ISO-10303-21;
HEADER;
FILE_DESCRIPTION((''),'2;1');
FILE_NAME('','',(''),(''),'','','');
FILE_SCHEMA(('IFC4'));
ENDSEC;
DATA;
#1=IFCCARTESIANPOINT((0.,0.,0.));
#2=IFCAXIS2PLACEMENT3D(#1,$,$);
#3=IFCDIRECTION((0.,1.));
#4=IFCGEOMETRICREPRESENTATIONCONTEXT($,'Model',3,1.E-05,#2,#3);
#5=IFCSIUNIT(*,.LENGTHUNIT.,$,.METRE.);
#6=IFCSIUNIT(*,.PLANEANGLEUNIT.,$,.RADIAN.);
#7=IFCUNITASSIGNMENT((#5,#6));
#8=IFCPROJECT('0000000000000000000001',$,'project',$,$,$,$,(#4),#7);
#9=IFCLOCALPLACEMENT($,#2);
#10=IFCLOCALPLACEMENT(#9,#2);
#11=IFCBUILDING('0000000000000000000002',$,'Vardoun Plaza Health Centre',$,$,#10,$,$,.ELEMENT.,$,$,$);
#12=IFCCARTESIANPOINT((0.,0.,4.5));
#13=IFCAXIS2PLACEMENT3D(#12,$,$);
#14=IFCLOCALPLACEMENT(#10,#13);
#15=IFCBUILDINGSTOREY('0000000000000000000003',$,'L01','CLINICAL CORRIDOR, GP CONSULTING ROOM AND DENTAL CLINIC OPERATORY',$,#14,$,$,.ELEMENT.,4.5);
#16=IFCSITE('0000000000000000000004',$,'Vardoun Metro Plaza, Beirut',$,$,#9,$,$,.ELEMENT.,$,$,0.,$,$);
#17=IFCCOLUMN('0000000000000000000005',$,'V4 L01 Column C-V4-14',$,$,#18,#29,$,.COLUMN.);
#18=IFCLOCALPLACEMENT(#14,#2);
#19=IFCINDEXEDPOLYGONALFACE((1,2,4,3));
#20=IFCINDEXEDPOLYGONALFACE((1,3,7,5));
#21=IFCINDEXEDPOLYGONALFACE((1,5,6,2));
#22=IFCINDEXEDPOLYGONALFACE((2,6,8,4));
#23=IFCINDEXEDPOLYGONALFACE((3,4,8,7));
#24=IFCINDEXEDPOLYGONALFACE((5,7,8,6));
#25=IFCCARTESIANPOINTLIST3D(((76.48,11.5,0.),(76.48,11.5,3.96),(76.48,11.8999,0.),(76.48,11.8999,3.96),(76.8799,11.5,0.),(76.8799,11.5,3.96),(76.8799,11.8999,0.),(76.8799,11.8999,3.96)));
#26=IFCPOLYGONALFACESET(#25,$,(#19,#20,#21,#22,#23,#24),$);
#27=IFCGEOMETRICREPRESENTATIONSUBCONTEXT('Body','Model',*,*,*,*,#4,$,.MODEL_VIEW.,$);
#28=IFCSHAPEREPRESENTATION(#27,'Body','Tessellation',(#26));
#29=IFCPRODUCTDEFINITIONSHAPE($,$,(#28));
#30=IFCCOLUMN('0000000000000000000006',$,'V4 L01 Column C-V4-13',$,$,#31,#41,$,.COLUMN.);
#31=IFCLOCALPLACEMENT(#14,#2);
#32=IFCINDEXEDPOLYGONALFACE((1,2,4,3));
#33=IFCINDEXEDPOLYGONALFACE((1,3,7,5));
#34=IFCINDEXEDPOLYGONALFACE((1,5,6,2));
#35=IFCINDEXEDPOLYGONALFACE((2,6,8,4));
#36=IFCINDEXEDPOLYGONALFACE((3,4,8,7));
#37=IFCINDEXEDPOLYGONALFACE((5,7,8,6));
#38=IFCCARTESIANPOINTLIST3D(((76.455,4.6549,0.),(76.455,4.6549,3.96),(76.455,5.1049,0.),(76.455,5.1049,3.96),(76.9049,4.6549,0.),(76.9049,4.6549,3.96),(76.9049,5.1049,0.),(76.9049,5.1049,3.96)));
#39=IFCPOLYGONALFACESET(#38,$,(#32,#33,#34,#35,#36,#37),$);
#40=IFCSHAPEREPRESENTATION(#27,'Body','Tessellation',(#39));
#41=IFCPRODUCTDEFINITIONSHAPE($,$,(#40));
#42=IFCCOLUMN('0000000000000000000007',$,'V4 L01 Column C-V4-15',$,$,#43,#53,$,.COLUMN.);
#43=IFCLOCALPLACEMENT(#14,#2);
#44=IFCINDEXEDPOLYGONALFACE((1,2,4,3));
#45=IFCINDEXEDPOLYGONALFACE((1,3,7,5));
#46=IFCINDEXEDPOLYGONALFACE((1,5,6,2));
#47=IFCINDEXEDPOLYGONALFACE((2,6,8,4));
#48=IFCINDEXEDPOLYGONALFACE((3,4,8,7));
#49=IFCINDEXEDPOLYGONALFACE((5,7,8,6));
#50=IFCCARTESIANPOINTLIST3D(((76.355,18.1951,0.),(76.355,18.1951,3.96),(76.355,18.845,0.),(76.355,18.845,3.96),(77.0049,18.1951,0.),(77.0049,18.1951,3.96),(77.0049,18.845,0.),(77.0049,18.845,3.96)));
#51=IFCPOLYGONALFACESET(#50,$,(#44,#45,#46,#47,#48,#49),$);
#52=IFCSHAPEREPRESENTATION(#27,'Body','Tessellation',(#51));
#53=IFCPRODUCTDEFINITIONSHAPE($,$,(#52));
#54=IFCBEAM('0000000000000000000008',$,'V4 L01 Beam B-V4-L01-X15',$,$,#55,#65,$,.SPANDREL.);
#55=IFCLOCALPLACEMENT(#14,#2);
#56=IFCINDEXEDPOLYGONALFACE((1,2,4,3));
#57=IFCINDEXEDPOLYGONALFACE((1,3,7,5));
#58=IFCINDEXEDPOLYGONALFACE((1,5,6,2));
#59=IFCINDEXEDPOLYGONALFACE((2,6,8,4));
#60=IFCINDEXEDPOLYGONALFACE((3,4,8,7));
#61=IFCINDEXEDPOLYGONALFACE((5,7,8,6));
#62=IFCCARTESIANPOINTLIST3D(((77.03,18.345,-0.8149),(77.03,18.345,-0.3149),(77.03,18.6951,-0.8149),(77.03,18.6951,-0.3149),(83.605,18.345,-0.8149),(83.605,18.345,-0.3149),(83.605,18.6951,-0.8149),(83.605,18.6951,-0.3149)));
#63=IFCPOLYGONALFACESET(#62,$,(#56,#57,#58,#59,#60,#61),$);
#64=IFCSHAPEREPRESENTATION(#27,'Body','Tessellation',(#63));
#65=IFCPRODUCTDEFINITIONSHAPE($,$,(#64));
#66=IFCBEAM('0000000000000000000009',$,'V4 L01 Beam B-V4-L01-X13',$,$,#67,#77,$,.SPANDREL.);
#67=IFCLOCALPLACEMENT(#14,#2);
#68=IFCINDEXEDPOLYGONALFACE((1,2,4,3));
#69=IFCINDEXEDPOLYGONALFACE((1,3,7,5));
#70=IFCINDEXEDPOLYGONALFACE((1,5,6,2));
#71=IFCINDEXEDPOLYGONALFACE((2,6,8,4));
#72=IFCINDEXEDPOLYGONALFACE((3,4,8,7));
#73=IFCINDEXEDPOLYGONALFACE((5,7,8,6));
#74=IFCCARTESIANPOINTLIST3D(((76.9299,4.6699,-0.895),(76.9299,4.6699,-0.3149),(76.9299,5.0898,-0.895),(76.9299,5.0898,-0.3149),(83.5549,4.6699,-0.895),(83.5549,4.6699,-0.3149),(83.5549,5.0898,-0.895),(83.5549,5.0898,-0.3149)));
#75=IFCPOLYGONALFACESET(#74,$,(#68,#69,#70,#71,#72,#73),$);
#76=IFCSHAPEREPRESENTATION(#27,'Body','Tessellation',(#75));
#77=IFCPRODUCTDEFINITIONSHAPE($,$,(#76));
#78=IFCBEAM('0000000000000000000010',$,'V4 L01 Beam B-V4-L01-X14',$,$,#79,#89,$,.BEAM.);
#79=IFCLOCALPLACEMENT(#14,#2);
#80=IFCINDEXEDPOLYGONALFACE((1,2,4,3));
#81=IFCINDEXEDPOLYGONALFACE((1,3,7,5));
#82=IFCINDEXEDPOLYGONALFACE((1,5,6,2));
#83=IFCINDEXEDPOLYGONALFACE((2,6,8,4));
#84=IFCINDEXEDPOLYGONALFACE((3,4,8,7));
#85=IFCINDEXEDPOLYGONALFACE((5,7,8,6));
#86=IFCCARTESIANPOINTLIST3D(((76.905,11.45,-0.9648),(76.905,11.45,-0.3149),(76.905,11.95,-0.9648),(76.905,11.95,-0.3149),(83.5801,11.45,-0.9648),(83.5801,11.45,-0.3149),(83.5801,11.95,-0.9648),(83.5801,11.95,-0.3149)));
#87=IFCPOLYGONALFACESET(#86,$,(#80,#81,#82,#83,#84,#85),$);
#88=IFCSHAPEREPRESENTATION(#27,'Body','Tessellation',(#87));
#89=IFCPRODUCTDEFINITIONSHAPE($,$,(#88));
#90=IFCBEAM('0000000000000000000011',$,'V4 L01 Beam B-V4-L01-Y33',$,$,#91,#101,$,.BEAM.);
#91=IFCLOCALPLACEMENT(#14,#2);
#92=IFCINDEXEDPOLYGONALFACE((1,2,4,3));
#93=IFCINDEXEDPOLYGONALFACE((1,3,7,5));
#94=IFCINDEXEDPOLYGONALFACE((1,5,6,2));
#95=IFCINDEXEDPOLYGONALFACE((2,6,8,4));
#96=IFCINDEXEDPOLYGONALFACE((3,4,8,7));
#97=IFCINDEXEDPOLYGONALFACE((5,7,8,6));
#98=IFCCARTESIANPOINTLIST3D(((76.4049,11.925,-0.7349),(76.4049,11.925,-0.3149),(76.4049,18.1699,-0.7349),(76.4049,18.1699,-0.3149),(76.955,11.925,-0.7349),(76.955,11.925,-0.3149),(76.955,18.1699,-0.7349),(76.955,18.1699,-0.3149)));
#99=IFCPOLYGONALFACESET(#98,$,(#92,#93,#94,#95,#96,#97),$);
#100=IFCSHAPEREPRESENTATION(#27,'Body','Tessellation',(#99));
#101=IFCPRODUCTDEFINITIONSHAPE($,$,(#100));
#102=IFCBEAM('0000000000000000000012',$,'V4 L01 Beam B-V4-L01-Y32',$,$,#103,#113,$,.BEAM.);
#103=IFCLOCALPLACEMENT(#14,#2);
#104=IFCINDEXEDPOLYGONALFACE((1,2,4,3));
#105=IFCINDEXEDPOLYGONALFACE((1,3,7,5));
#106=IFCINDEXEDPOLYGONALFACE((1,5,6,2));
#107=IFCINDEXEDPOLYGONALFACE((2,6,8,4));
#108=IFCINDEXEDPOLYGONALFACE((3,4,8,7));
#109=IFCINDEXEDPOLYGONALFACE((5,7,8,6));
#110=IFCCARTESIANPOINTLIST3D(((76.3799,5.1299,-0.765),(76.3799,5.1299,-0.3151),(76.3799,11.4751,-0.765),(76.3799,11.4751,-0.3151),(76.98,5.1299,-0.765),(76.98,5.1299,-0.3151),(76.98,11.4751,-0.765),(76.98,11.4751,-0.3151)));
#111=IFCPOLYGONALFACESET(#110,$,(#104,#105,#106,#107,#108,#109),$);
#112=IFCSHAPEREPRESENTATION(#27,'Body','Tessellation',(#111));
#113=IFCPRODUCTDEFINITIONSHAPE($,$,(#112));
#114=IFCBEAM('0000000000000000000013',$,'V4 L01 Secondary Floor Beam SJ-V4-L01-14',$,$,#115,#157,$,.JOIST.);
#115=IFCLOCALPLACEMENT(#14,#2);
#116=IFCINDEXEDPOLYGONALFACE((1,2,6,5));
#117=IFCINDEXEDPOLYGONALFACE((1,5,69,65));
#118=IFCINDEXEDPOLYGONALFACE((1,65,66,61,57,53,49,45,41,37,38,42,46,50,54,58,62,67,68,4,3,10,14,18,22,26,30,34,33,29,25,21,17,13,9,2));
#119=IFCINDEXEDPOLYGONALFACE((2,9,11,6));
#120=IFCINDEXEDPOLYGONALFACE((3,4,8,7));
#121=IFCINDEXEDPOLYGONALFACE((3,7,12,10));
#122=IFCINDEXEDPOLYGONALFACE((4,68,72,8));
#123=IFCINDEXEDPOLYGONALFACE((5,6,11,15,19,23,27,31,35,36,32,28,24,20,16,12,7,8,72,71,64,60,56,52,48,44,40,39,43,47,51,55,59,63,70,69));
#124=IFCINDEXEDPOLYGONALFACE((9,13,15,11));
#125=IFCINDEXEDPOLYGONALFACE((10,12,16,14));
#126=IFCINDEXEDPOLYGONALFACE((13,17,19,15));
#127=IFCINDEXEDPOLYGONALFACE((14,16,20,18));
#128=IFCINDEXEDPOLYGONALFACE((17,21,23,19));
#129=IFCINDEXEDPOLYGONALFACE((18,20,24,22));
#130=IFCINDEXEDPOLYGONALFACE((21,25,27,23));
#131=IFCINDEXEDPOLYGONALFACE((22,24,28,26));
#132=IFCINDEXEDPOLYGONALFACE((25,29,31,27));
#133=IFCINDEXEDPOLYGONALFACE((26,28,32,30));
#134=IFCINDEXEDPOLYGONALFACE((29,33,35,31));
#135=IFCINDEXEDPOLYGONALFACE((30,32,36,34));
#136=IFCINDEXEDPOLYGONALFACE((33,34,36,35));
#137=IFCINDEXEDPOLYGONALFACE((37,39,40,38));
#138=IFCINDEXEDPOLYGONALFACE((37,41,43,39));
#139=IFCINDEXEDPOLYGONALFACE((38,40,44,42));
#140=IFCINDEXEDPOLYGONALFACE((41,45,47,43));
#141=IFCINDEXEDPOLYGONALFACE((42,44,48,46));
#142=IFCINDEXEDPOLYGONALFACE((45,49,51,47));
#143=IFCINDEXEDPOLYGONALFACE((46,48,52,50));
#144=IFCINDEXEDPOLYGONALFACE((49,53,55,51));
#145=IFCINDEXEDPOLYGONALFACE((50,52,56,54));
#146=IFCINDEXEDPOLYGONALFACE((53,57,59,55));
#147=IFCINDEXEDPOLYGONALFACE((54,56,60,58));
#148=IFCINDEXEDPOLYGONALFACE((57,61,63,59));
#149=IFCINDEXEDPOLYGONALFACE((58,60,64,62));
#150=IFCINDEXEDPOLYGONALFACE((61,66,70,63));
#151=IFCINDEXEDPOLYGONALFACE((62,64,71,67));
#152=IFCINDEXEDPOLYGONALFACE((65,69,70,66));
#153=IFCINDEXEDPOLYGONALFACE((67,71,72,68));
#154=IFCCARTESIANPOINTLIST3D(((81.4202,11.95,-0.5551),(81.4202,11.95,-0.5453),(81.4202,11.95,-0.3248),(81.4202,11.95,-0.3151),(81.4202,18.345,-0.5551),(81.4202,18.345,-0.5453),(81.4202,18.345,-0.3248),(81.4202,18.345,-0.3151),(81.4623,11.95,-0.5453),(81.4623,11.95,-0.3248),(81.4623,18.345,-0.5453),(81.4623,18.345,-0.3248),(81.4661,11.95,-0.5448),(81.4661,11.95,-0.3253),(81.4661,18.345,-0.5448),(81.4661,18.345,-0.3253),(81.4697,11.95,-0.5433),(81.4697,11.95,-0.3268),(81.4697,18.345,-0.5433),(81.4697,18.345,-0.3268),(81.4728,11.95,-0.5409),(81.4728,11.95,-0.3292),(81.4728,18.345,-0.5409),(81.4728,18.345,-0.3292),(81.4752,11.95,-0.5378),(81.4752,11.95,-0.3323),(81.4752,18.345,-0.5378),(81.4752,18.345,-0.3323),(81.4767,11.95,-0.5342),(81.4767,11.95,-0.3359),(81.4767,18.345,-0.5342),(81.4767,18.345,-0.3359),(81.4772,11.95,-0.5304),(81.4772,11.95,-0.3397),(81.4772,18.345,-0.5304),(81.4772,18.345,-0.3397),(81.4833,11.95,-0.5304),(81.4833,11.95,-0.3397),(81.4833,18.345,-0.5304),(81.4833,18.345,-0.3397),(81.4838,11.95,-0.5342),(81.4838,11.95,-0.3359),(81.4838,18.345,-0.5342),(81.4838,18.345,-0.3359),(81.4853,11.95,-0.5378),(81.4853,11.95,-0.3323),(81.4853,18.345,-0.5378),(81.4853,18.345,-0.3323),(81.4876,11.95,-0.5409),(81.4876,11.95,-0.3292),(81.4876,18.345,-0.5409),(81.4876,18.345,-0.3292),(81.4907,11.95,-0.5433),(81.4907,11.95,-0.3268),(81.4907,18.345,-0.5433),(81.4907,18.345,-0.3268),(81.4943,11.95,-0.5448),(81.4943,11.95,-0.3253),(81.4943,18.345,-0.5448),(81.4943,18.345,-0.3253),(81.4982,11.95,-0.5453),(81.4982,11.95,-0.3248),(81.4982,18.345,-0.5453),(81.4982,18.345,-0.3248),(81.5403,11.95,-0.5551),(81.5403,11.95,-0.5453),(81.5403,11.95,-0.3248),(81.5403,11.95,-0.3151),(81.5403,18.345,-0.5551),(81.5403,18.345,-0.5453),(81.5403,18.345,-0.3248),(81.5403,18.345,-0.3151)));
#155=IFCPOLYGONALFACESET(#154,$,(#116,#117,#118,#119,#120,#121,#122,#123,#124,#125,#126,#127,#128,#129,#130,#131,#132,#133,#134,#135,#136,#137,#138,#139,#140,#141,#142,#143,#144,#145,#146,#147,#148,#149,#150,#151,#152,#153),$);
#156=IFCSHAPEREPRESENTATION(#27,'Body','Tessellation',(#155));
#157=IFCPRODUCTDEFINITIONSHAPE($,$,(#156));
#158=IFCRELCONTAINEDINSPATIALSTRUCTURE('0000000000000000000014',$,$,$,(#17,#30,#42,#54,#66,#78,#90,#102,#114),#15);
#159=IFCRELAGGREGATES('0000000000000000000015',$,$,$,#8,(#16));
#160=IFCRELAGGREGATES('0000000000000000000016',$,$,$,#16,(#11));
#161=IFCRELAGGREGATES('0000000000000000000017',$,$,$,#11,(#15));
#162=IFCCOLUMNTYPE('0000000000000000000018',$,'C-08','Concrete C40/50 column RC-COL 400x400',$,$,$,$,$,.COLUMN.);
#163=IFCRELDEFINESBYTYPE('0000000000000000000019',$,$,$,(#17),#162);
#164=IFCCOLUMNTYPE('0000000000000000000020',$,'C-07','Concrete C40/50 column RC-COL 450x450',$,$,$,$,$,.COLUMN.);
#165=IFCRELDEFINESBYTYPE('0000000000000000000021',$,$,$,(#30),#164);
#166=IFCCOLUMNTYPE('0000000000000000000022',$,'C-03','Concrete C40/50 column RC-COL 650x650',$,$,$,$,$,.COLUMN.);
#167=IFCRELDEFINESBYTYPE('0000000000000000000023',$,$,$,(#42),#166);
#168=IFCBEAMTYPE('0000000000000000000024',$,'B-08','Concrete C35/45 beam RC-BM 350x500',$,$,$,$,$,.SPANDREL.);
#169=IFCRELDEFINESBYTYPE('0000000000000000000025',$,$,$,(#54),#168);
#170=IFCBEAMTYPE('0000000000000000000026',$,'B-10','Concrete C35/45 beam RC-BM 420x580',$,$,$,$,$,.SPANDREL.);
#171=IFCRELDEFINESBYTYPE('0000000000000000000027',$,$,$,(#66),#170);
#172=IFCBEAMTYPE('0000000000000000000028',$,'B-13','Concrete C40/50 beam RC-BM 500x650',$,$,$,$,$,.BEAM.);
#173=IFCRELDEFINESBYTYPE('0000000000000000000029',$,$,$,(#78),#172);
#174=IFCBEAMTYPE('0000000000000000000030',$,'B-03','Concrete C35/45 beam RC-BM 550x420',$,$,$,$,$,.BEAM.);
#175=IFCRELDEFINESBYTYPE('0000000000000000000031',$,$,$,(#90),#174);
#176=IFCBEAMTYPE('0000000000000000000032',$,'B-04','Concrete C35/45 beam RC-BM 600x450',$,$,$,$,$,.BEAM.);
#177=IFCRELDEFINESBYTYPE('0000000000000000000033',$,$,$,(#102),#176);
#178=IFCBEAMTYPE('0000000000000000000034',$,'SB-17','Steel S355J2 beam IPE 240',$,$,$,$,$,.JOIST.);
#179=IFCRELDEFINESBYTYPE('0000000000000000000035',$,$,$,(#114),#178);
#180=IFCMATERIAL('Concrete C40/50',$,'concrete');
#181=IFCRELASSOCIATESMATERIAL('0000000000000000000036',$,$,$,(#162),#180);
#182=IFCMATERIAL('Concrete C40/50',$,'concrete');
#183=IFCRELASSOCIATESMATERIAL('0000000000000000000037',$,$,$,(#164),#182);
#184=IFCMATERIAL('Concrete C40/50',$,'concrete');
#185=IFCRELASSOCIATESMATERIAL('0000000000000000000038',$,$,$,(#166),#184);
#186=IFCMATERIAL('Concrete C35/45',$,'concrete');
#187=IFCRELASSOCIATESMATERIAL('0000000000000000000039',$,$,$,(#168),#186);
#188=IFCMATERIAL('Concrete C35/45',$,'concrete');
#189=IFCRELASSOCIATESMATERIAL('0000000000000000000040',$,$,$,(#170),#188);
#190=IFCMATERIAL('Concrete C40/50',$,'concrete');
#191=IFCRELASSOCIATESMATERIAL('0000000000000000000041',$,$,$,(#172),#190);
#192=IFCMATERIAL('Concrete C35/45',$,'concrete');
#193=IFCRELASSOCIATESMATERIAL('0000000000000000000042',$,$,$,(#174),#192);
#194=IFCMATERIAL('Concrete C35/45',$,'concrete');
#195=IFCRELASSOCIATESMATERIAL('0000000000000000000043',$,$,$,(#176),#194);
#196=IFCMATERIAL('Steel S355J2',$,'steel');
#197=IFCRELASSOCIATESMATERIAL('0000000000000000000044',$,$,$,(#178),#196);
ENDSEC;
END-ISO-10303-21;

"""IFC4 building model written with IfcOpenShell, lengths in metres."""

from ifc_helpers import new_model, si_unit, direction, frame, origin, origin_2d, place, context, subcontext, project, spatial, rectangle, i_section, extrude, material, material_profile, profile_set, type_object, element, save


model = new_model("IFC4")

# Units and contexts
model_context = context("Model", 3, precision=1e-05, world=origin(), true_north=direction((0.0, 1.0)))
body_context = subcontext(model_context, "Body", "Model", "MODEL_VIEW")
ifc_project = project(units=[si_unit("LENGTHUNIT", "METRE"), si_unit("PLANEANGLEUNIT", "RADIAN")], contexts=[model_context])

# Site, building, storey
site_placement = place(None, origin())
site = spatial("IfcSite", under=ifc_project, at=site_placement, Name="Vardoun Metro Plaza, Beirut", CompositionType="ELEMENT", RefElevation=0.0)
building_placement = place(site_placement, origin())
building = spatial("IfcBuilding", under=site, at=building_placement, Name="Vardoun Plaza Health Centre", CompositionType="ELEMENT")
storey_placement = place(building_placement, frame((0.0, 0.0, 4.5)))
storey = spatial("IfcBuildingStorey", under=building, at=storey_placement, Name="L01", Description="CLINICAL CORRIDOR, GP CONSULTING ROOM AND DENTAL CLINIC OPERATORY", CompositionType="ELEMENT", Elevation=4.5)

# Columns
ifc_material_1 = material(Name="Concrete C40/50", Category="concrete")
ifc_material_profile_1 = material_profile(ifc_material_1, rectangle(XDim=0.3999, YDim=0.3999, at=origin_2d()), Name="RC-COL 400x400")
ifc_profile_set_1 = profile_set([ifc_material_profile_1], Name="Concrete C40/50")
column_type_1 = type_object("IfcColumnType", Name="C-08", Description="Concrete C40/50 column RC-COL 400x400", PredefinedType="COLUMN", material=ifc_profile_set_1)
column_1_placement = place(storey_placement, frame((76.6799, 11.7, 0.0), z_axis=(0.0, 0.0, 1.0), x_axis=(1.0, 0.0, 0.0)))
element("IfcColumn", 1, at=column_1_placement, inside=storey, type_object=column_type_1, Name="V4 L01 Column C-V4-14", PredefinedType="COLUMN", context=body_context, shape_type="SweptSolid", body=[
    extrude(rectangle(XDim=0.3999, YDim=0.3999, at=origin_2d()), origin(), (0.0, 0.0, 1.0), 3.96),
])
ifc_material_2 = material(Name="Concrete C40/50", Category="concrete")
ifc_material_profile_2 = material_profile(ifc_material_2, rectangle(XDim=0.45, YDim=0.45, at=origin_2d()), Name="RC-COL 450x450")
ifc_profile_set_2 = profile_set([ifc_material_profile_2], Name="Concrete C40/50")
column_type_2 = type_object("IfcColumnType", Name="C-07", Description="Concrete C40/50 column RC-COL 450x450", PredefinedType="COLUMN", material=ifc_profile_set_2)
column_2_placement = place(storey_placement, frame((76.6799, 4.8799, 0.0), z_axis=(0.0, 0.0, 1.0), x_axis=(1.0, 0.0, 0.0)))
element("IfcColumn", 2, at=column_2_placement, inside=storey, type_object=column_type_2, Name="V4 L01 Column C-V4-13", PredefinedType="COLUMN", context=body_context, shape_type="SweptSolid", body=[
    extrude(rectangle(XDim=0.45, YDim=0.45, at=origin_2d()), origin(), (0.0, 0.0, 1.0), 3.96),
])
ifc_material_3 = material(Name="Concrete C40/50", Category="concrete")
ifc_material_profile_3 = material_profile(ifc_material_3, rectangle(XDim=0.6499, YDim=0.6499, at=origin_2d()), Name="RC-COL 650x650")
ifc_profile_set_3 = profile_set([ifc_material_profile_3], Name="Concrete C40/50")
column_type_3 = type_object("IfcColumnType", Name="C-03", Description="Concrete C40/50 column RC-COL 650x650", PredefinedType="COLUMN", material=ifc_profile_set_3)
column_3_placement = place(storey_placement, frame((76.6799, 18.52, 0.0), z_axis=(0.0, 0.0, 1.0), x_axis=(1.0, 0.0, 0.0)))
element("IfcColumn", 3, at=column_3_placement, inside=storey, type_object=column_type_3, Name="V4 L01 Column C-V4-15", PredefinedType="COLUMN", context=body_context, shape_type="SweptSolid", body=[
    extrude(rectangle(XDim=0.6499, YDim=0.6499, at=origin_2d()), origin(), (0.0, 0.0, 1.0), 3.96),
])

# Beams
ifc_material_4 = material(Name="Concrete C35/45", Category="concrete")
ifc_material_profile_4 = material_profile(ifc_material_4, rectangle(XDim=0.3501, YDim=0.5, at=origin_2d()), Name="RC-BM 350x500")
ifc_profile_set_4 = profile_set([ifc_material_profile_4], Name="Concrete C35/45")
beam_type_1 = type_object("IfcBeamType", Name="B-08", Description="Concrete C35/45 beam RC-BM 350x500", PredefinedType="SPANDREL", material=ifc_profile_set_4)
beam_1_placement = place(storey_placement, frame((77.03, 18.52, -0.5649), z_axis=(1.0, 0.0, 0.0), x_axis=(0.0, 1.0, 0.0)))
element("IfcBeam", 4, at=beam_1_placement, inside=storey, type_object=beam_type_1, Name="V4 L01 Beam B-V4-L01-X15", PredefinedType="SPANDREL", context=body_context, shape_type="SweptSolid", body=[
    extrude(rectangle(XDim=0.3501, YDim=0.5, at=origin_2d()), origin(), (0.0, 0.0, 1.0), 6.575),
])
ifc_material_5 = material(Name="Concrete C35/45", Category="concrete")
ifc_material_profile_5 = material_profile(ifc_material_5, rectangle(XDim=0.4199, YDim=0.5801, at=origin_2d()), Name="RC-BM 420x580")
ifc_profile_set_5 = profile_set([ifc_material_profile_5], Name="Concrete C35/45")
beam_type_2 = type_object("IfcBeamType", Name="B-10", Description="Concrete C35/45 beam RC-BM 420x580", PredefinedType="SPANDREL", material=ifc_profile_set_5)
beam_2_placement = place(storey_placement, frame((76.9299, 4.8799, -0.605), z_axis=(1.0, 0.0, 0.0), x_axis=(0.0, 1.0, 0.0)))
element("IfcBeam", 5, at=beam_2_placement, inside=storey, type_object=beam_type_2, Name="V4 L01 Beam B-V4-L01-X13", PredefinedType="SPANDREL", context=body_context, shape_type="SweptSolid", body=[
    extrude(rectangle(XDim=0.4199, YDim=0.5801, at=origin_2d()), origin(), (0.0, 0.0, 1.0), 6.625),
])
ifc_material_6 = material(Name="Concrete C40/50", Category="concrete")
ifc_material_profile_6 = material_profile(ifc_material_6, rectangle(XDim=0.5, YDim=0.6499, at=origin_2d()), Name="RC-BM 500x650")
ifc_profile_set_6 = profile_set([ifc_material_profile_6], Name="Concrete C40/50")
beam_type_3 = type_object("IfcBeamType", Name="B-13", Description="Concrete C40/50 beam RC-BM 500x650", PredefinedType="BEAM", material=ifc_profile_set_6)
beam_3_placement = place(storey_placement, frame((76.905, 11.7, -0.6399), z_axis=(1.0, 0.0, 0.0), x_axis=(0.0, 1.0, 0.0)))
element("IfcBeam", 6, at=beam_3_placement, inside=storey, type_object=beam_type_3, Name="V4 L01 Beam B-V4-L01-X14", PredefinedType="BEAM", context=body_context, shape_type="SweptSolid", body=[
    extrude(rectangle(XDim=0.5, YDim=0.6499, at=origin_2d()), origin(), (0.0, 0.0, 1.0), 6.675),
])
ifc_material_7 = material(Name="Concrete C35/45", Category="concrete")
ifc_material_profile_7 = material_profile(ifc_material_7, rectangle(XDim=0.55, YDim=0.4199, at=origin_2d()), Name="RC-BM 550x420")
ifc_profile_set_7 = profile_set([ifc_material_profile_7], Name="Concrete C35/45")
beam_type_4 = type_object("IfcBeamType", Name="B-03", Description="Concrete C35/45 beam RC-BM 550x420", PredefinedType="BEAM", material=ifc_profile_set_7)
beam_4_placement = place(storey_placement, frame((76.6799, 11.925, -0.5249), z_axis=(0.0, 1.0, 0.0), x_axis=(-1.0, 0.0, 0.0)))
element("IfcBeam", 7, at=beam_4_placement, inside=storey, type_object=beam_type_4, Name="V4 L01 Beam B-V4-L01-Y33", PredefinedType="BEAM", context=body_context, shape_type="SweptSolid", body=[
    extrude(rectangle(XDim=0.55, YDim=0.4199, at=origin_2d()), origin(), (0.0, 0.0, 1.0), 6.2449),
])
ifc_material_8 = material(Name="Concrete C35/45", Category="concrete")
ifc_material_profile_8 = material_profile(ifc_material_8, rectangle(XDim=0.6001, YDim=0.45, at=origin_2d()), Name="RC-BM 600x450")
ifc_profile_set_8 = profile_set([ifc_material_profile_8], Name="Concrete C35/45")
beam_type_5 = type_object("IfcBeamType", Name="B-04", Description="Concrete C35/45 beam RC-BM 600x450", PredefinedType="BEAM", material=ifc_profile_set_8)
beam_5_placement = place(storey_placement, frame((76.6799, 5.1299, -0.54), z_axis=(0.0, 1.0, 0.0), x_axis=(-1.0, 0.0, 0.0)))
element("IfcBeam", 8, at=beam_5_placement, inside=storey, type_object=beam_type_5, Name="V4 L01 Beam B-V4-L01-Y32", PredefinedType="BEAM", context=body_context, shape_type="SweptSolid", body=[
    extrude(rectangle(XDim=0.6001, YDim=0.45, at=origin_2d()), origin(), (0.0, 0.0, 1.0), 6.3452),
])
ifc_material_9 = material(Name="Steel S355J2", Category="steel")
ifc_material_profile_9 = material_profile(ifc_material_9, i_section(OverallWidth=0.1201, OverallDepth=0.24, WebThickness=0.0061, FlangeThickness=0.0098, FilletRadius=0.0149, at=origin_2d()), Name="IPE 240")
ifc_profile_set_9 = profile_set([ifc_material_profile_9], Name="Steel S355J2")
beam_type_6 = type_object("IfcBeamType", Name="SB-17", Description="Steel S355J2 beam IPE 240", PredefinedType="JOIST", material=ifc_profile_set_9)
beam_6_placement = place(storey_placement, frame((81.4802, 11.95, -0.4351), z_axis=(0.0, 1.0, 0.0), x_axis=(-1.0, 0.0, 0.0)))
element("IfcBeam", 9, at=beam_6_placement, inside=storey, type_object=beam_type_6, Name="V4 L01 Secondary Floor Beam SJ-V4-L01-14", PredefinedType="JOIST", context=body_context, shape_type="SweptSolid", body=[
    extrude(i_section(OverallWidth=0.1201, OverallDepth=0.24, WebThickness=0.0061, FlangeThickness=0.0098, FilletRadius=0.0149, at=origin_2d()), origin(), (0.0, 0.0, 1.0), 6.395),
])

save(model, "model.ifc")
